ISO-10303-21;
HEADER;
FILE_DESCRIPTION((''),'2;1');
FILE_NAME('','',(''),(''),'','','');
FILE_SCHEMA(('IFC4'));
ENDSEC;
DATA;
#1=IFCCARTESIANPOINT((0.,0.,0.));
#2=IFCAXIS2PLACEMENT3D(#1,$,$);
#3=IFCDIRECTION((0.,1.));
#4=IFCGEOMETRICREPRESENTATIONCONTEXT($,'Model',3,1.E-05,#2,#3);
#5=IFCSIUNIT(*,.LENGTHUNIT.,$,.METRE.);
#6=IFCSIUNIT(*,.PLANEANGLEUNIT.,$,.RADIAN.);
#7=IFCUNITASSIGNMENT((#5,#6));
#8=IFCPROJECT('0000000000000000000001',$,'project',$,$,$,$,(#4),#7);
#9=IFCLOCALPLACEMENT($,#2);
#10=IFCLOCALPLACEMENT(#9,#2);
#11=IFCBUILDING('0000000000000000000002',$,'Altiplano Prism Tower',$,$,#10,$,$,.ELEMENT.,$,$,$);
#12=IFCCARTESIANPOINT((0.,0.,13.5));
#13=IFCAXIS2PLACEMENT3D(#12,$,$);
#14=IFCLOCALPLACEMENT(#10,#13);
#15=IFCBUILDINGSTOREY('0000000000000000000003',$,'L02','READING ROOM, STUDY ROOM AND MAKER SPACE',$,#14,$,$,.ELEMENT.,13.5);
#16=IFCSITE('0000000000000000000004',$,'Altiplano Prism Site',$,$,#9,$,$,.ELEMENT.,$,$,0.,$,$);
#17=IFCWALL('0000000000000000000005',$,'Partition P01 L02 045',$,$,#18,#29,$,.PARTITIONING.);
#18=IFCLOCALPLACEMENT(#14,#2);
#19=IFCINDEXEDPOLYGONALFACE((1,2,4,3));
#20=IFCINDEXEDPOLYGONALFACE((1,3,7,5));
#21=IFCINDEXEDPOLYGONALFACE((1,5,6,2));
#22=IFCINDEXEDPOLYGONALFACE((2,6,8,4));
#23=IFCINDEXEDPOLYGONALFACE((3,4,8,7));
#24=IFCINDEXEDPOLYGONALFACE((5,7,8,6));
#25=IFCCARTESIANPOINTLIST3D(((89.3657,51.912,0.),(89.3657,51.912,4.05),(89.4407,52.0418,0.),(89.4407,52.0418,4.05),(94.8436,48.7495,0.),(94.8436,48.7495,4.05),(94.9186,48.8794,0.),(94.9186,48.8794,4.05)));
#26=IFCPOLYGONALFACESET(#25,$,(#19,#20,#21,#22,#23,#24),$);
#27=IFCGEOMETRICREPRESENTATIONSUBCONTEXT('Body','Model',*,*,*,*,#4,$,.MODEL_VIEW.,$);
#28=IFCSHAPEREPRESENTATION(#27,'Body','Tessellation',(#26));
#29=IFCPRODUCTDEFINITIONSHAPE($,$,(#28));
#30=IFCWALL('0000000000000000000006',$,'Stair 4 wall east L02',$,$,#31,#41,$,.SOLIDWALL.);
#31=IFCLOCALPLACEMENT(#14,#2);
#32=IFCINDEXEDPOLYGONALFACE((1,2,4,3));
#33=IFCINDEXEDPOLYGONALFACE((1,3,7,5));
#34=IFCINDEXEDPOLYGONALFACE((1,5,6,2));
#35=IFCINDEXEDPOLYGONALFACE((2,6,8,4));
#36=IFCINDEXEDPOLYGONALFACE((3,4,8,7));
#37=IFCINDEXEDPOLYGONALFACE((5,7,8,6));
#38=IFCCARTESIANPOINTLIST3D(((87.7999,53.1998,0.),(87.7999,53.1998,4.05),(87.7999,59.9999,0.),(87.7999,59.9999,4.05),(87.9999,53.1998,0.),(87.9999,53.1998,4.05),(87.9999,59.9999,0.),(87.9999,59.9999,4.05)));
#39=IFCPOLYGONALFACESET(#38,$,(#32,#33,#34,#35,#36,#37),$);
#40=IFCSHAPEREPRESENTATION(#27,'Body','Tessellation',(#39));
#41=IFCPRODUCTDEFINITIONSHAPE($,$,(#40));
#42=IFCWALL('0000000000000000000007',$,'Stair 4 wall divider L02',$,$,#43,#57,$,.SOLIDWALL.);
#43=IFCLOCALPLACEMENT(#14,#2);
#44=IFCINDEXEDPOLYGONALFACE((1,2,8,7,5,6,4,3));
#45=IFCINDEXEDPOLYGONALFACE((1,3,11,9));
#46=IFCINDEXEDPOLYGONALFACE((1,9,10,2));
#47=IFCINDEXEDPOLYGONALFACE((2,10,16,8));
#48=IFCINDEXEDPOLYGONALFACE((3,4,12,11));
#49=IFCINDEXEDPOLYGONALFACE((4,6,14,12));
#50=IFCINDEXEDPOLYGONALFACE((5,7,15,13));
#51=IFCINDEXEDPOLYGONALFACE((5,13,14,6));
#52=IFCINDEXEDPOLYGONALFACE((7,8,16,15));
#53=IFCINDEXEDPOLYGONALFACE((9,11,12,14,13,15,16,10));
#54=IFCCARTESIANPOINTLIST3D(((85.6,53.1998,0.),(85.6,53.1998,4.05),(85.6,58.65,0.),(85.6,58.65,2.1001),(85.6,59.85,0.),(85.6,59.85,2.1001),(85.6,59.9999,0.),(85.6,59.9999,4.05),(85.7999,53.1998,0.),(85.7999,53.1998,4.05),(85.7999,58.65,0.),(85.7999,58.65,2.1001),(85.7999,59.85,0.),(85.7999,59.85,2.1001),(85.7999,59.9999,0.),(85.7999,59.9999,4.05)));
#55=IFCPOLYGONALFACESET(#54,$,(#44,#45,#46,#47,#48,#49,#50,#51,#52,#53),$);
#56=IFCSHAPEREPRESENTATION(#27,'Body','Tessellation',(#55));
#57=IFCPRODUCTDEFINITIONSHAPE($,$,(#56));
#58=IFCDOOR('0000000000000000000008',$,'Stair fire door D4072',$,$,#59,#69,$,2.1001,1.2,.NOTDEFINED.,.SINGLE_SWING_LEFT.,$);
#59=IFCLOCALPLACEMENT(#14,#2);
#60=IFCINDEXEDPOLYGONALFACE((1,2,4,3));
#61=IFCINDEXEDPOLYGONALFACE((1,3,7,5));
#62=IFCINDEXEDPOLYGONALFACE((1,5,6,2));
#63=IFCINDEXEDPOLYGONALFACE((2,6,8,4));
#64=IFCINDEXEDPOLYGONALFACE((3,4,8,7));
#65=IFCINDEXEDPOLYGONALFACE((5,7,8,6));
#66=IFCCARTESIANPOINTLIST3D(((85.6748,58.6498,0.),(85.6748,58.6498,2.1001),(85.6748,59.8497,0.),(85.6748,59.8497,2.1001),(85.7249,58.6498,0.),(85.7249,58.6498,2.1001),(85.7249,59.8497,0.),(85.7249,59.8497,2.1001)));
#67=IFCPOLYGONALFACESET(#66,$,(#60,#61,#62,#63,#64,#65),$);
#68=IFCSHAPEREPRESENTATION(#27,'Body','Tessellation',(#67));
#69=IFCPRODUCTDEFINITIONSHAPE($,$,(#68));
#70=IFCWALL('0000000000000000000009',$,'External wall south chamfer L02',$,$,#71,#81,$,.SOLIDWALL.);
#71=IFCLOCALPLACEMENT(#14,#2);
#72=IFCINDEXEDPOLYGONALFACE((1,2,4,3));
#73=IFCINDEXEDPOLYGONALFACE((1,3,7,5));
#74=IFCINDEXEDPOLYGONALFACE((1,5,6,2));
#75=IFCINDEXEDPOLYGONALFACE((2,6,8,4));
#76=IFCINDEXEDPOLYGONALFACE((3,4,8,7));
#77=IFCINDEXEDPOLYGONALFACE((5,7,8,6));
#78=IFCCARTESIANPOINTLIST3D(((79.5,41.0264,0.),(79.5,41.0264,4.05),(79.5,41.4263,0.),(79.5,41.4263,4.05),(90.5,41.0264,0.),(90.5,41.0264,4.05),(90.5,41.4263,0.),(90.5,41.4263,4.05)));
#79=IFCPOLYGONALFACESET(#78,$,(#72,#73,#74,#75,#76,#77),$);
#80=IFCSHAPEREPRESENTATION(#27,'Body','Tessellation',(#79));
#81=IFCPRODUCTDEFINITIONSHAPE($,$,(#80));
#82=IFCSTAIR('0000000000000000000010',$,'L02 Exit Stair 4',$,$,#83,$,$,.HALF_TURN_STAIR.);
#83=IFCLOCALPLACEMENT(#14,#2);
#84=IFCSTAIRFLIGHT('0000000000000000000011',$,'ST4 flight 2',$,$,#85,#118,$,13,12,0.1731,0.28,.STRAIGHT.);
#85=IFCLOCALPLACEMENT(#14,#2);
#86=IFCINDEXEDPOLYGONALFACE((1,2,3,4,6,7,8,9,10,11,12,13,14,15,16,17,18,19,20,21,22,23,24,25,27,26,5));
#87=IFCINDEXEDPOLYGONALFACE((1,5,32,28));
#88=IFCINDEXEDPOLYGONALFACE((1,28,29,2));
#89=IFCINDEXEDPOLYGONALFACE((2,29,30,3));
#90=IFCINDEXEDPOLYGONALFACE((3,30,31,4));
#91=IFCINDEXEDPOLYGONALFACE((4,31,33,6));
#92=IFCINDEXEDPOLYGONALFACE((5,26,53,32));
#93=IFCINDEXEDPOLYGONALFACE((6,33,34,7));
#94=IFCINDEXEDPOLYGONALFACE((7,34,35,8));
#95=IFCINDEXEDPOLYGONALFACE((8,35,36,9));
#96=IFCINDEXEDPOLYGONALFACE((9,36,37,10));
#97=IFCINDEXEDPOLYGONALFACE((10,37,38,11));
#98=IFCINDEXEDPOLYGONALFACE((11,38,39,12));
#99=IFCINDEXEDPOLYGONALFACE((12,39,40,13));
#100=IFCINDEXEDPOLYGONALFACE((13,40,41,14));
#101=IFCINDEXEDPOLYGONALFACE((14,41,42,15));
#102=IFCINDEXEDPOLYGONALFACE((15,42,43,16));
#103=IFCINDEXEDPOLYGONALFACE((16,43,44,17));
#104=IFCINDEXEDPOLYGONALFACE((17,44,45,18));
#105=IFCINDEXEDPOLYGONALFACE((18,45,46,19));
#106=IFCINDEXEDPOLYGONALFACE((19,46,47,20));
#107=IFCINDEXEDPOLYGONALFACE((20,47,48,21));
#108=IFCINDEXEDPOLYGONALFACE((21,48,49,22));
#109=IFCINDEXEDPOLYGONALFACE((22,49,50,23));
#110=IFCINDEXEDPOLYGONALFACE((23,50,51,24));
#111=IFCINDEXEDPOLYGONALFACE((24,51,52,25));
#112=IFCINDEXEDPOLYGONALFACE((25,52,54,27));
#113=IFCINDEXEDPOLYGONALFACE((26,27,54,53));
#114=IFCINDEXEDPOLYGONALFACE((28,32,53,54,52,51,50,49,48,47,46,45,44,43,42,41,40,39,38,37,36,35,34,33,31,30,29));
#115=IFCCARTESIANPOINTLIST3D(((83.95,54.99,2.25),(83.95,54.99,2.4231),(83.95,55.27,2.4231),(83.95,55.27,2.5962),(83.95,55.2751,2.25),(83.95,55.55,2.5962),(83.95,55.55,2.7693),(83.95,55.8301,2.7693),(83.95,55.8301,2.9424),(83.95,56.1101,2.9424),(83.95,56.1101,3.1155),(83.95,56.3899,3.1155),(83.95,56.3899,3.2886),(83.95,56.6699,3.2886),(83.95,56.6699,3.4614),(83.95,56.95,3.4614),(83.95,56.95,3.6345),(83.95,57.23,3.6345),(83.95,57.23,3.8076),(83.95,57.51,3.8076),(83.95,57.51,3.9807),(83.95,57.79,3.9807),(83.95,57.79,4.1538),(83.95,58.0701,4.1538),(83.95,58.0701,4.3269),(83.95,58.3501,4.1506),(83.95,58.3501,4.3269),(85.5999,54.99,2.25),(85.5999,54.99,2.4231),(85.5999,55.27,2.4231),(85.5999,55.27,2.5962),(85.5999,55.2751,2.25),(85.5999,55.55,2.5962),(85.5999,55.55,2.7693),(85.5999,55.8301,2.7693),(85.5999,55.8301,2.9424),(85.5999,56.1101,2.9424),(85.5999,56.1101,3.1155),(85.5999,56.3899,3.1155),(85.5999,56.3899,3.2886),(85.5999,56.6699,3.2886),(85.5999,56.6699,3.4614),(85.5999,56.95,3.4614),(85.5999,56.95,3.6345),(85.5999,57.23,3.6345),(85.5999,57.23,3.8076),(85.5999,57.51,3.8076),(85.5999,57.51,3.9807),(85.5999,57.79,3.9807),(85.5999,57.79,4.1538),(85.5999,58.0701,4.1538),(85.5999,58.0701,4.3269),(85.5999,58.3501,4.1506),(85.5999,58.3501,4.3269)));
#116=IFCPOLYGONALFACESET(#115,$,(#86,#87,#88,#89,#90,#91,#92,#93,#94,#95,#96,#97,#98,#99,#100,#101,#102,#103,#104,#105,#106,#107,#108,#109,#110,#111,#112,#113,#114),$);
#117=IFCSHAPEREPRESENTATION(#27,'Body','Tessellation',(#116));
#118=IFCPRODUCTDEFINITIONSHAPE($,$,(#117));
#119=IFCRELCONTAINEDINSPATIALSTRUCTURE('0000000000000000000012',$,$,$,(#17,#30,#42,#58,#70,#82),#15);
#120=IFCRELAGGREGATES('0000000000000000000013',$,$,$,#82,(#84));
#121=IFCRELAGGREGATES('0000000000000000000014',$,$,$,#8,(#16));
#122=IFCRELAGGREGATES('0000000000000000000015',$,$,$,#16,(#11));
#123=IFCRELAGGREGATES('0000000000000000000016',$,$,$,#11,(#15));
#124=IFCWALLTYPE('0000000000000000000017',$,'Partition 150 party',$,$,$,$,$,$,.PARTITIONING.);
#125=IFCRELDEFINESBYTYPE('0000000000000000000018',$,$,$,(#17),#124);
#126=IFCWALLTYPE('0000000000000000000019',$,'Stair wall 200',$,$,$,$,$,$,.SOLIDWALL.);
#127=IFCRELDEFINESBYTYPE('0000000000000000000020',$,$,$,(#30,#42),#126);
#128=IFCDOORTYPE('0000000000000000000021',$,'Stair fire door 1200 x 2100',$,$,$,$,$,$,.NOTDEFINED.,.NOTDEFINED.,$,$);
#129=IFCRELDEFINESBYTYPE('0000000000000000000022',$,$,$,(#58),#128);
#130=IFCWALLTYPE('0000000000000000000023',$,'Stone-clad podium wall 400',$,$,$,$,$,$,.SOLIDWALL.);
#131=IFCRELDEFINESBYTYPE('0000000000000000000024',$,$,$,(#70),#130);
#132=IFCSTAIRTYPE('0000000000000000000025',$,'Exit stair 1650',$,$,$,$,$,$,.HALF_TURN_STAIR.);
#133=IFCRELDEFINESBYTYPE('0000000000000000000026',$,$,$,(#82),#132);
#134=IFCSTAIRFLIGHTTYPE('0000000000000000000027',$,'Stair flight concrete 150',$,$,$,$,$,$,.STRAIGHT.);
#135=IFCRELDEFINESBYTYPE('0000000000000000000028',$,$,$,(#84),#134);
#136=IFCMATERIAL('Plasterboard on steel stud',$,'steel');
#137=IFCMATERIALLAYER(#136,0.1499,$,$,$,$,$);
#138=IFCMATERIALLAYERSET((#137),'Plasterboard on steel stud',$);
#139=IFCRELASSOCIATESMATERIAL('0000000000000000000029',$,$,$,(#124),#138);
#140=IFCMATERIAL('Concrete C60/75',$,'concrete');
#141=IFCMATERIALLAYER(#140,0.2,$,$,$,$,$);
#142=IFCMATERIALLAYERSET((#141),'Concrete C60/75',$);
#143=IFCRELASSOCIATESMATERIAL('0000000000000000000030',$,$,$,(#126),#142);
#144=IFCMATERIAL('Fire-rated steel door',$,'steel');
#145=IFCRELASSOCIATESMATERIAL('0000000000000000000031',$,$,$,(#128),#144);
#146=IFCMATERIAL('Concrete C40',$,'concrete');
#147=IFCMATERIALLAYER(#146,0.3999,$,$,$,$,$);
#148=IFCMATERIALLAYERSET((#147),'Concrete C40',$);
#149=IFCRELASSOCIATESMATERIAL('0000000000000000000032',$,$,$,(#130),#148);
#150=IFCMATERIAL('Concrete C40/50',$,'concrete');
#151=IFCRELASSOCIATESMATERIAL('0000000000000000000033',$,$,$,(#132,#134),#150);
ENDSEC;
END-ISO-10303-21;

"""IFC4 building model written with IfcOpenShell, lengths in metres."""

from ifc_helpers import new_model, si_unit, direction, frame, frame_2d, origin, place, context, subcontext, project, spatial, polyline, rectangle, outline, extrude, material, layer, layer_set, type_object, element, fill, aggregate, save


model = new_model("IFC4")

# Units and contexts
model_context = context("Model", 3, precision=1e-05, world=origin(), true_north=direction((0.0, 1.0)))
body_context = subcontext(model_context, "Body", "Model", "MODEL_VIEW")
ifc_project = project(units=[si_unit("LENGTHUNIT", "METRE"), si_unit("PLANEANGLEUNIT", "RADIAN")], contexts=[model_context])

# Site, building, storey
site_placement = place(None, origin())
site = spatial("IfcSite", under=ifc_project, at=site_placement, Name="Altiplano Prism Site", CompositionType="ELEMENT", RefElevation=0.0)
building_placement = place(site_placement, origin())
building = spatial("IfcBuilding", under=site, at=building_placement, Name="Altiplano Prism Tower", CompositionType="ELEMENT")
storey_placement = place(building_placement, frame((0.0, 0.0, 13.5)))
storey = spatial("IfcBuildingStorey", under=building, at=storey_placement, Name="L02", Description="READING ROOM, STUDY ROOM AND MAKER SPACE", CompositionType="ELEMENT", Elevation=13.5)

# Shared definitions
ifc_material_1 = material(Name="Concrete C60/75", Category="concrete")

# Shared definitions
ifc_material_2 = material(Name="Plasterboard on steel stud", Category="steel")

# Walls
ifc_layer_1 = layer(ifc_material_2, 0.1499)
ifc_layer_set_1 = layer_set([ifc_layer_1], Name="Plasterboard on steel stud")
wall_type_1 = type_object("IfcWallType", Name="Partition 150 party", PredefinedType="PARTITIONING", material=ifc_layer_set_1)
wall_1_placement = place(storey_placement, frame((94.8811, 48.8145, 0.0), z_axis=(0.0, 0.0, 1.0), x_axis=(-0.866042, 0.499971, 0.0)))
element("IfcWall", 1, at=wall_1_placement, inside=storey, type_object=wall_type_1, Name="Partition P01 L02 045", PredefinedType="PARTITIONING", context=body_context, shape_type="SweptSolid", body=[
    extrude(rectangle(XDim=6.3252, YDim=0.1499, at=frame_2d((3.1626, 0.0))), origin(), (0.0, 0.0, 1.0), 4.05),
])
ifc_layer_2 = layer(ifc_material_1, 0.2)
ifc_layer_set_2 = layer_set([ifc_layer_2], Name="Concrete C60/75")
wall_type_2 = type_object("IfcWallType", Name="Stair wall 200", PredefinedType="SOLIDWALL", material=ifc_layer_set_2)
wall_2_placement = place(storey_placement, frame((87.8999, 53.2, 0.0), z_axis=(0.0, 0.0, 1.0), x_axis=(0.0, 1.0, 0.0)))
element("IfcWall", 2, at=wall_2_placement, inside=storey, type_object=wall_type_2, Name="Stair 4 wall east L02", PredefinedType="SOLIDWALL", context=body_context, shape_type="SweptSolid", body=[
    extrude(rectangle(XDim=6.8, YDim=0.2, at=frame_2d((3.3999, 0.0))), origin(), (0.0, 0.0, 1.0), 4.05),
])

# Wall, opening, door
wall_3_placement = place(storey_placement, frame((85.7, 53.2, 0.0), z_axis=(0.0, 0.0, 1.0), x_axis=(0.0, 1.0, 0.0)))
wall_3 = element("IfcWall", 3, at=wall_3_placement, inside=storey, type_object=wall_type_2, Name="Stair 4 wall divider L02", PredefinedType="SOLIDWALL", context=body_context, shape_type="SweptSolid", body=[
    extrude(rectangle(XDim=6.8, YDim=0.2, at=frame_2d((3.3999, 0.0))), origin(), (0.0, 0.0, 1.0), 4.05),
])
opening_1_placement = place(wall_3_placement, frame((5.45, 0.0, 0.0)))
opening_1 = element("IfcOpeningElement", 4, at=opening_1_placement, cuts=wall_3, PredefinedType="OPENING", context=body_context, shape_type="SweptSolid", body=[
    extrude(rectangle(XDim=1.2, YDim=2.1001, at=frame_2d((0.6001, 1.05))), frame((0.0, 0.1104, 0.0), z_axis=(0.0, -1.0, 0.0), x_axis=(1.0, 0.0, 0.0)), (0.0, 0.0, 1.0), 0.2209),
])
ifc_material_3 = material(Name="Fire-rated steel door", Category="steel")
door_type_1 = type_object("IfcDoorType", Name="Stair fire door 1200 x 2100", OperationType="NOTDEFINED", PredefinedType="NOTDEFINED", material=ifc_material_3)
door_1_placement = place(opening_1_placement, frame((1.2, 0.0, 0.0), z_axis=(0.0, 0.0, 1.0), x_axis=(-1.0, 0.0, 0.0)))
door_1 = element("IfcDoor", 5, at=door_1_placement, inside=storey, type_object=door_type_1, Name="Stair fire door D4072", OperationType="SINGLE_SWING_LEFT", OverallHeight=2.1001, OverallWidth=1.2, PredefinedType="NOTDEFINED", context=body_context, shape_type="SweptSolid", body=[
    extrude(rectangle(XDim=1.2, YDim=2.1001, at=frame_2d((0.6001, 1.05))), frame((0.0, 0.0249, 0.0), z_axis=(0.0, -1.0, 0.0), x_axis=(1.0, 0.0, 0.0)), (0.0, 0.0, 1.0), 0.05),
])
fill(opening_1, door_1)

# Wall
ifc_material_4 = material(Name="Concrete C40", Category="concrete")
ifc_layer_3 = layer(ifc_material_4, 0.3999)
ifc_layer_set_3 = layer_set([ifc_layer_3], Name="Concrete C40")
wall_type_3 = type_object("IfcWallType", Name="Stone-clad podium wall 400", PredefinedType="SOLIDWALL", material=ifc_layer_set_3)
wall_4_placement = place(storey_placement, frame((90.5, 41.2263, 0.0), z_axis=(0.0, 0.0, 1.0), x_axis=(-1.0, 0.0, 0.0)))
element("IfcWall", 6, at=wall_4_placement, inside=storey, type_object=wall_type_3, Name="External wall south chamfer L02", PredefinedType="SOLIDWALL", context=body_context, shape_type="SweptSolid", body=[
    extrude(rectangle(XDim=11.0, YDim=0.3999, at=frame_2d((5.5, 0.0))), origin(), (0.0, 0.0, 1.0), 4.05),
])

# Stair, stair flight
ifc_material_5 = material(Name="Concrete C40/50", Category="concrete")
stair_type = type_object("IfcStairType", Name="Exit stair 1650", PredefinedType="HALF_TURN_STAIR", material=ifc_material_5)
stair_placement = place(storey_placement, origin())
stair = element("IfcStair", 7, at=stair_placement, inside=storey, type_object=stair_type, Name="L02 Exit Stair 4", PredefinedType="HALF_TURN_STAIR")
stair_flight_type = type_object("IfcStairFlightType", Name="Stair flight concrete 150", PredefinedType="STRAIGHT", material=ifc_material_5)
stair_flight_placement = place(storey_placement, frame((84.7749, 54.99, 2.25), z_axis=(0.0, 0.0, 1.0), x_axis=(0.0, 1.0, 0.0)))
stair_flight = element("IfcStairFlight", 8, at=stair_flight_placement, type_object=stair_flight_type, Name="ST4 flight 2", NumberOfRisers=13, NumberOfTreads=12, PredefinedType="STRAIGHT", RiserHeight=0.1731, TreadLength=0.28, context=body_context, shape_type="SweptSolid", body=[
    extrude(outline(polyline([(0.0, 0.0), (0.0, 0.1731), (0.28, 0.1731), (0.28, 0.3462), (0.5601, 0.3462), (0.5601, 0.5193), (0.8401, 0.5193), (0.8401, 0.6924), (1.1201, 0.6924), (1.1201, 0.8655), (1.3999, 0.8655), (1.3999, 1.0386), (1.6799, 1.0386), (1.6799, 1.2114), (1.96, 1.2114), (1.96, 1.3845), (2.24, 1.3845), (2.24, 1.5576), (2.52, 1.5576), (2.52, 1.7307), (2.8, 1.7307), (2.8, 1.9038), (3.0801, 1.9038), (3.0801, 2.0769), (3.3601, 2.0769), (3.3601, 2.25), (3.3601, 1.9006), (0.2852, 0.0), (0.0, 0.0)])), frame((0.0, 0.825, 0.0), z_axis=(0.0, -1.0, 0.0), x_axis=(1.0, 0.0, 0.0)), (0.0, 0.0, 1.0), 1.6499),
])
aggregate(stair, [stair_flight])

save(model, "model.ifc")
